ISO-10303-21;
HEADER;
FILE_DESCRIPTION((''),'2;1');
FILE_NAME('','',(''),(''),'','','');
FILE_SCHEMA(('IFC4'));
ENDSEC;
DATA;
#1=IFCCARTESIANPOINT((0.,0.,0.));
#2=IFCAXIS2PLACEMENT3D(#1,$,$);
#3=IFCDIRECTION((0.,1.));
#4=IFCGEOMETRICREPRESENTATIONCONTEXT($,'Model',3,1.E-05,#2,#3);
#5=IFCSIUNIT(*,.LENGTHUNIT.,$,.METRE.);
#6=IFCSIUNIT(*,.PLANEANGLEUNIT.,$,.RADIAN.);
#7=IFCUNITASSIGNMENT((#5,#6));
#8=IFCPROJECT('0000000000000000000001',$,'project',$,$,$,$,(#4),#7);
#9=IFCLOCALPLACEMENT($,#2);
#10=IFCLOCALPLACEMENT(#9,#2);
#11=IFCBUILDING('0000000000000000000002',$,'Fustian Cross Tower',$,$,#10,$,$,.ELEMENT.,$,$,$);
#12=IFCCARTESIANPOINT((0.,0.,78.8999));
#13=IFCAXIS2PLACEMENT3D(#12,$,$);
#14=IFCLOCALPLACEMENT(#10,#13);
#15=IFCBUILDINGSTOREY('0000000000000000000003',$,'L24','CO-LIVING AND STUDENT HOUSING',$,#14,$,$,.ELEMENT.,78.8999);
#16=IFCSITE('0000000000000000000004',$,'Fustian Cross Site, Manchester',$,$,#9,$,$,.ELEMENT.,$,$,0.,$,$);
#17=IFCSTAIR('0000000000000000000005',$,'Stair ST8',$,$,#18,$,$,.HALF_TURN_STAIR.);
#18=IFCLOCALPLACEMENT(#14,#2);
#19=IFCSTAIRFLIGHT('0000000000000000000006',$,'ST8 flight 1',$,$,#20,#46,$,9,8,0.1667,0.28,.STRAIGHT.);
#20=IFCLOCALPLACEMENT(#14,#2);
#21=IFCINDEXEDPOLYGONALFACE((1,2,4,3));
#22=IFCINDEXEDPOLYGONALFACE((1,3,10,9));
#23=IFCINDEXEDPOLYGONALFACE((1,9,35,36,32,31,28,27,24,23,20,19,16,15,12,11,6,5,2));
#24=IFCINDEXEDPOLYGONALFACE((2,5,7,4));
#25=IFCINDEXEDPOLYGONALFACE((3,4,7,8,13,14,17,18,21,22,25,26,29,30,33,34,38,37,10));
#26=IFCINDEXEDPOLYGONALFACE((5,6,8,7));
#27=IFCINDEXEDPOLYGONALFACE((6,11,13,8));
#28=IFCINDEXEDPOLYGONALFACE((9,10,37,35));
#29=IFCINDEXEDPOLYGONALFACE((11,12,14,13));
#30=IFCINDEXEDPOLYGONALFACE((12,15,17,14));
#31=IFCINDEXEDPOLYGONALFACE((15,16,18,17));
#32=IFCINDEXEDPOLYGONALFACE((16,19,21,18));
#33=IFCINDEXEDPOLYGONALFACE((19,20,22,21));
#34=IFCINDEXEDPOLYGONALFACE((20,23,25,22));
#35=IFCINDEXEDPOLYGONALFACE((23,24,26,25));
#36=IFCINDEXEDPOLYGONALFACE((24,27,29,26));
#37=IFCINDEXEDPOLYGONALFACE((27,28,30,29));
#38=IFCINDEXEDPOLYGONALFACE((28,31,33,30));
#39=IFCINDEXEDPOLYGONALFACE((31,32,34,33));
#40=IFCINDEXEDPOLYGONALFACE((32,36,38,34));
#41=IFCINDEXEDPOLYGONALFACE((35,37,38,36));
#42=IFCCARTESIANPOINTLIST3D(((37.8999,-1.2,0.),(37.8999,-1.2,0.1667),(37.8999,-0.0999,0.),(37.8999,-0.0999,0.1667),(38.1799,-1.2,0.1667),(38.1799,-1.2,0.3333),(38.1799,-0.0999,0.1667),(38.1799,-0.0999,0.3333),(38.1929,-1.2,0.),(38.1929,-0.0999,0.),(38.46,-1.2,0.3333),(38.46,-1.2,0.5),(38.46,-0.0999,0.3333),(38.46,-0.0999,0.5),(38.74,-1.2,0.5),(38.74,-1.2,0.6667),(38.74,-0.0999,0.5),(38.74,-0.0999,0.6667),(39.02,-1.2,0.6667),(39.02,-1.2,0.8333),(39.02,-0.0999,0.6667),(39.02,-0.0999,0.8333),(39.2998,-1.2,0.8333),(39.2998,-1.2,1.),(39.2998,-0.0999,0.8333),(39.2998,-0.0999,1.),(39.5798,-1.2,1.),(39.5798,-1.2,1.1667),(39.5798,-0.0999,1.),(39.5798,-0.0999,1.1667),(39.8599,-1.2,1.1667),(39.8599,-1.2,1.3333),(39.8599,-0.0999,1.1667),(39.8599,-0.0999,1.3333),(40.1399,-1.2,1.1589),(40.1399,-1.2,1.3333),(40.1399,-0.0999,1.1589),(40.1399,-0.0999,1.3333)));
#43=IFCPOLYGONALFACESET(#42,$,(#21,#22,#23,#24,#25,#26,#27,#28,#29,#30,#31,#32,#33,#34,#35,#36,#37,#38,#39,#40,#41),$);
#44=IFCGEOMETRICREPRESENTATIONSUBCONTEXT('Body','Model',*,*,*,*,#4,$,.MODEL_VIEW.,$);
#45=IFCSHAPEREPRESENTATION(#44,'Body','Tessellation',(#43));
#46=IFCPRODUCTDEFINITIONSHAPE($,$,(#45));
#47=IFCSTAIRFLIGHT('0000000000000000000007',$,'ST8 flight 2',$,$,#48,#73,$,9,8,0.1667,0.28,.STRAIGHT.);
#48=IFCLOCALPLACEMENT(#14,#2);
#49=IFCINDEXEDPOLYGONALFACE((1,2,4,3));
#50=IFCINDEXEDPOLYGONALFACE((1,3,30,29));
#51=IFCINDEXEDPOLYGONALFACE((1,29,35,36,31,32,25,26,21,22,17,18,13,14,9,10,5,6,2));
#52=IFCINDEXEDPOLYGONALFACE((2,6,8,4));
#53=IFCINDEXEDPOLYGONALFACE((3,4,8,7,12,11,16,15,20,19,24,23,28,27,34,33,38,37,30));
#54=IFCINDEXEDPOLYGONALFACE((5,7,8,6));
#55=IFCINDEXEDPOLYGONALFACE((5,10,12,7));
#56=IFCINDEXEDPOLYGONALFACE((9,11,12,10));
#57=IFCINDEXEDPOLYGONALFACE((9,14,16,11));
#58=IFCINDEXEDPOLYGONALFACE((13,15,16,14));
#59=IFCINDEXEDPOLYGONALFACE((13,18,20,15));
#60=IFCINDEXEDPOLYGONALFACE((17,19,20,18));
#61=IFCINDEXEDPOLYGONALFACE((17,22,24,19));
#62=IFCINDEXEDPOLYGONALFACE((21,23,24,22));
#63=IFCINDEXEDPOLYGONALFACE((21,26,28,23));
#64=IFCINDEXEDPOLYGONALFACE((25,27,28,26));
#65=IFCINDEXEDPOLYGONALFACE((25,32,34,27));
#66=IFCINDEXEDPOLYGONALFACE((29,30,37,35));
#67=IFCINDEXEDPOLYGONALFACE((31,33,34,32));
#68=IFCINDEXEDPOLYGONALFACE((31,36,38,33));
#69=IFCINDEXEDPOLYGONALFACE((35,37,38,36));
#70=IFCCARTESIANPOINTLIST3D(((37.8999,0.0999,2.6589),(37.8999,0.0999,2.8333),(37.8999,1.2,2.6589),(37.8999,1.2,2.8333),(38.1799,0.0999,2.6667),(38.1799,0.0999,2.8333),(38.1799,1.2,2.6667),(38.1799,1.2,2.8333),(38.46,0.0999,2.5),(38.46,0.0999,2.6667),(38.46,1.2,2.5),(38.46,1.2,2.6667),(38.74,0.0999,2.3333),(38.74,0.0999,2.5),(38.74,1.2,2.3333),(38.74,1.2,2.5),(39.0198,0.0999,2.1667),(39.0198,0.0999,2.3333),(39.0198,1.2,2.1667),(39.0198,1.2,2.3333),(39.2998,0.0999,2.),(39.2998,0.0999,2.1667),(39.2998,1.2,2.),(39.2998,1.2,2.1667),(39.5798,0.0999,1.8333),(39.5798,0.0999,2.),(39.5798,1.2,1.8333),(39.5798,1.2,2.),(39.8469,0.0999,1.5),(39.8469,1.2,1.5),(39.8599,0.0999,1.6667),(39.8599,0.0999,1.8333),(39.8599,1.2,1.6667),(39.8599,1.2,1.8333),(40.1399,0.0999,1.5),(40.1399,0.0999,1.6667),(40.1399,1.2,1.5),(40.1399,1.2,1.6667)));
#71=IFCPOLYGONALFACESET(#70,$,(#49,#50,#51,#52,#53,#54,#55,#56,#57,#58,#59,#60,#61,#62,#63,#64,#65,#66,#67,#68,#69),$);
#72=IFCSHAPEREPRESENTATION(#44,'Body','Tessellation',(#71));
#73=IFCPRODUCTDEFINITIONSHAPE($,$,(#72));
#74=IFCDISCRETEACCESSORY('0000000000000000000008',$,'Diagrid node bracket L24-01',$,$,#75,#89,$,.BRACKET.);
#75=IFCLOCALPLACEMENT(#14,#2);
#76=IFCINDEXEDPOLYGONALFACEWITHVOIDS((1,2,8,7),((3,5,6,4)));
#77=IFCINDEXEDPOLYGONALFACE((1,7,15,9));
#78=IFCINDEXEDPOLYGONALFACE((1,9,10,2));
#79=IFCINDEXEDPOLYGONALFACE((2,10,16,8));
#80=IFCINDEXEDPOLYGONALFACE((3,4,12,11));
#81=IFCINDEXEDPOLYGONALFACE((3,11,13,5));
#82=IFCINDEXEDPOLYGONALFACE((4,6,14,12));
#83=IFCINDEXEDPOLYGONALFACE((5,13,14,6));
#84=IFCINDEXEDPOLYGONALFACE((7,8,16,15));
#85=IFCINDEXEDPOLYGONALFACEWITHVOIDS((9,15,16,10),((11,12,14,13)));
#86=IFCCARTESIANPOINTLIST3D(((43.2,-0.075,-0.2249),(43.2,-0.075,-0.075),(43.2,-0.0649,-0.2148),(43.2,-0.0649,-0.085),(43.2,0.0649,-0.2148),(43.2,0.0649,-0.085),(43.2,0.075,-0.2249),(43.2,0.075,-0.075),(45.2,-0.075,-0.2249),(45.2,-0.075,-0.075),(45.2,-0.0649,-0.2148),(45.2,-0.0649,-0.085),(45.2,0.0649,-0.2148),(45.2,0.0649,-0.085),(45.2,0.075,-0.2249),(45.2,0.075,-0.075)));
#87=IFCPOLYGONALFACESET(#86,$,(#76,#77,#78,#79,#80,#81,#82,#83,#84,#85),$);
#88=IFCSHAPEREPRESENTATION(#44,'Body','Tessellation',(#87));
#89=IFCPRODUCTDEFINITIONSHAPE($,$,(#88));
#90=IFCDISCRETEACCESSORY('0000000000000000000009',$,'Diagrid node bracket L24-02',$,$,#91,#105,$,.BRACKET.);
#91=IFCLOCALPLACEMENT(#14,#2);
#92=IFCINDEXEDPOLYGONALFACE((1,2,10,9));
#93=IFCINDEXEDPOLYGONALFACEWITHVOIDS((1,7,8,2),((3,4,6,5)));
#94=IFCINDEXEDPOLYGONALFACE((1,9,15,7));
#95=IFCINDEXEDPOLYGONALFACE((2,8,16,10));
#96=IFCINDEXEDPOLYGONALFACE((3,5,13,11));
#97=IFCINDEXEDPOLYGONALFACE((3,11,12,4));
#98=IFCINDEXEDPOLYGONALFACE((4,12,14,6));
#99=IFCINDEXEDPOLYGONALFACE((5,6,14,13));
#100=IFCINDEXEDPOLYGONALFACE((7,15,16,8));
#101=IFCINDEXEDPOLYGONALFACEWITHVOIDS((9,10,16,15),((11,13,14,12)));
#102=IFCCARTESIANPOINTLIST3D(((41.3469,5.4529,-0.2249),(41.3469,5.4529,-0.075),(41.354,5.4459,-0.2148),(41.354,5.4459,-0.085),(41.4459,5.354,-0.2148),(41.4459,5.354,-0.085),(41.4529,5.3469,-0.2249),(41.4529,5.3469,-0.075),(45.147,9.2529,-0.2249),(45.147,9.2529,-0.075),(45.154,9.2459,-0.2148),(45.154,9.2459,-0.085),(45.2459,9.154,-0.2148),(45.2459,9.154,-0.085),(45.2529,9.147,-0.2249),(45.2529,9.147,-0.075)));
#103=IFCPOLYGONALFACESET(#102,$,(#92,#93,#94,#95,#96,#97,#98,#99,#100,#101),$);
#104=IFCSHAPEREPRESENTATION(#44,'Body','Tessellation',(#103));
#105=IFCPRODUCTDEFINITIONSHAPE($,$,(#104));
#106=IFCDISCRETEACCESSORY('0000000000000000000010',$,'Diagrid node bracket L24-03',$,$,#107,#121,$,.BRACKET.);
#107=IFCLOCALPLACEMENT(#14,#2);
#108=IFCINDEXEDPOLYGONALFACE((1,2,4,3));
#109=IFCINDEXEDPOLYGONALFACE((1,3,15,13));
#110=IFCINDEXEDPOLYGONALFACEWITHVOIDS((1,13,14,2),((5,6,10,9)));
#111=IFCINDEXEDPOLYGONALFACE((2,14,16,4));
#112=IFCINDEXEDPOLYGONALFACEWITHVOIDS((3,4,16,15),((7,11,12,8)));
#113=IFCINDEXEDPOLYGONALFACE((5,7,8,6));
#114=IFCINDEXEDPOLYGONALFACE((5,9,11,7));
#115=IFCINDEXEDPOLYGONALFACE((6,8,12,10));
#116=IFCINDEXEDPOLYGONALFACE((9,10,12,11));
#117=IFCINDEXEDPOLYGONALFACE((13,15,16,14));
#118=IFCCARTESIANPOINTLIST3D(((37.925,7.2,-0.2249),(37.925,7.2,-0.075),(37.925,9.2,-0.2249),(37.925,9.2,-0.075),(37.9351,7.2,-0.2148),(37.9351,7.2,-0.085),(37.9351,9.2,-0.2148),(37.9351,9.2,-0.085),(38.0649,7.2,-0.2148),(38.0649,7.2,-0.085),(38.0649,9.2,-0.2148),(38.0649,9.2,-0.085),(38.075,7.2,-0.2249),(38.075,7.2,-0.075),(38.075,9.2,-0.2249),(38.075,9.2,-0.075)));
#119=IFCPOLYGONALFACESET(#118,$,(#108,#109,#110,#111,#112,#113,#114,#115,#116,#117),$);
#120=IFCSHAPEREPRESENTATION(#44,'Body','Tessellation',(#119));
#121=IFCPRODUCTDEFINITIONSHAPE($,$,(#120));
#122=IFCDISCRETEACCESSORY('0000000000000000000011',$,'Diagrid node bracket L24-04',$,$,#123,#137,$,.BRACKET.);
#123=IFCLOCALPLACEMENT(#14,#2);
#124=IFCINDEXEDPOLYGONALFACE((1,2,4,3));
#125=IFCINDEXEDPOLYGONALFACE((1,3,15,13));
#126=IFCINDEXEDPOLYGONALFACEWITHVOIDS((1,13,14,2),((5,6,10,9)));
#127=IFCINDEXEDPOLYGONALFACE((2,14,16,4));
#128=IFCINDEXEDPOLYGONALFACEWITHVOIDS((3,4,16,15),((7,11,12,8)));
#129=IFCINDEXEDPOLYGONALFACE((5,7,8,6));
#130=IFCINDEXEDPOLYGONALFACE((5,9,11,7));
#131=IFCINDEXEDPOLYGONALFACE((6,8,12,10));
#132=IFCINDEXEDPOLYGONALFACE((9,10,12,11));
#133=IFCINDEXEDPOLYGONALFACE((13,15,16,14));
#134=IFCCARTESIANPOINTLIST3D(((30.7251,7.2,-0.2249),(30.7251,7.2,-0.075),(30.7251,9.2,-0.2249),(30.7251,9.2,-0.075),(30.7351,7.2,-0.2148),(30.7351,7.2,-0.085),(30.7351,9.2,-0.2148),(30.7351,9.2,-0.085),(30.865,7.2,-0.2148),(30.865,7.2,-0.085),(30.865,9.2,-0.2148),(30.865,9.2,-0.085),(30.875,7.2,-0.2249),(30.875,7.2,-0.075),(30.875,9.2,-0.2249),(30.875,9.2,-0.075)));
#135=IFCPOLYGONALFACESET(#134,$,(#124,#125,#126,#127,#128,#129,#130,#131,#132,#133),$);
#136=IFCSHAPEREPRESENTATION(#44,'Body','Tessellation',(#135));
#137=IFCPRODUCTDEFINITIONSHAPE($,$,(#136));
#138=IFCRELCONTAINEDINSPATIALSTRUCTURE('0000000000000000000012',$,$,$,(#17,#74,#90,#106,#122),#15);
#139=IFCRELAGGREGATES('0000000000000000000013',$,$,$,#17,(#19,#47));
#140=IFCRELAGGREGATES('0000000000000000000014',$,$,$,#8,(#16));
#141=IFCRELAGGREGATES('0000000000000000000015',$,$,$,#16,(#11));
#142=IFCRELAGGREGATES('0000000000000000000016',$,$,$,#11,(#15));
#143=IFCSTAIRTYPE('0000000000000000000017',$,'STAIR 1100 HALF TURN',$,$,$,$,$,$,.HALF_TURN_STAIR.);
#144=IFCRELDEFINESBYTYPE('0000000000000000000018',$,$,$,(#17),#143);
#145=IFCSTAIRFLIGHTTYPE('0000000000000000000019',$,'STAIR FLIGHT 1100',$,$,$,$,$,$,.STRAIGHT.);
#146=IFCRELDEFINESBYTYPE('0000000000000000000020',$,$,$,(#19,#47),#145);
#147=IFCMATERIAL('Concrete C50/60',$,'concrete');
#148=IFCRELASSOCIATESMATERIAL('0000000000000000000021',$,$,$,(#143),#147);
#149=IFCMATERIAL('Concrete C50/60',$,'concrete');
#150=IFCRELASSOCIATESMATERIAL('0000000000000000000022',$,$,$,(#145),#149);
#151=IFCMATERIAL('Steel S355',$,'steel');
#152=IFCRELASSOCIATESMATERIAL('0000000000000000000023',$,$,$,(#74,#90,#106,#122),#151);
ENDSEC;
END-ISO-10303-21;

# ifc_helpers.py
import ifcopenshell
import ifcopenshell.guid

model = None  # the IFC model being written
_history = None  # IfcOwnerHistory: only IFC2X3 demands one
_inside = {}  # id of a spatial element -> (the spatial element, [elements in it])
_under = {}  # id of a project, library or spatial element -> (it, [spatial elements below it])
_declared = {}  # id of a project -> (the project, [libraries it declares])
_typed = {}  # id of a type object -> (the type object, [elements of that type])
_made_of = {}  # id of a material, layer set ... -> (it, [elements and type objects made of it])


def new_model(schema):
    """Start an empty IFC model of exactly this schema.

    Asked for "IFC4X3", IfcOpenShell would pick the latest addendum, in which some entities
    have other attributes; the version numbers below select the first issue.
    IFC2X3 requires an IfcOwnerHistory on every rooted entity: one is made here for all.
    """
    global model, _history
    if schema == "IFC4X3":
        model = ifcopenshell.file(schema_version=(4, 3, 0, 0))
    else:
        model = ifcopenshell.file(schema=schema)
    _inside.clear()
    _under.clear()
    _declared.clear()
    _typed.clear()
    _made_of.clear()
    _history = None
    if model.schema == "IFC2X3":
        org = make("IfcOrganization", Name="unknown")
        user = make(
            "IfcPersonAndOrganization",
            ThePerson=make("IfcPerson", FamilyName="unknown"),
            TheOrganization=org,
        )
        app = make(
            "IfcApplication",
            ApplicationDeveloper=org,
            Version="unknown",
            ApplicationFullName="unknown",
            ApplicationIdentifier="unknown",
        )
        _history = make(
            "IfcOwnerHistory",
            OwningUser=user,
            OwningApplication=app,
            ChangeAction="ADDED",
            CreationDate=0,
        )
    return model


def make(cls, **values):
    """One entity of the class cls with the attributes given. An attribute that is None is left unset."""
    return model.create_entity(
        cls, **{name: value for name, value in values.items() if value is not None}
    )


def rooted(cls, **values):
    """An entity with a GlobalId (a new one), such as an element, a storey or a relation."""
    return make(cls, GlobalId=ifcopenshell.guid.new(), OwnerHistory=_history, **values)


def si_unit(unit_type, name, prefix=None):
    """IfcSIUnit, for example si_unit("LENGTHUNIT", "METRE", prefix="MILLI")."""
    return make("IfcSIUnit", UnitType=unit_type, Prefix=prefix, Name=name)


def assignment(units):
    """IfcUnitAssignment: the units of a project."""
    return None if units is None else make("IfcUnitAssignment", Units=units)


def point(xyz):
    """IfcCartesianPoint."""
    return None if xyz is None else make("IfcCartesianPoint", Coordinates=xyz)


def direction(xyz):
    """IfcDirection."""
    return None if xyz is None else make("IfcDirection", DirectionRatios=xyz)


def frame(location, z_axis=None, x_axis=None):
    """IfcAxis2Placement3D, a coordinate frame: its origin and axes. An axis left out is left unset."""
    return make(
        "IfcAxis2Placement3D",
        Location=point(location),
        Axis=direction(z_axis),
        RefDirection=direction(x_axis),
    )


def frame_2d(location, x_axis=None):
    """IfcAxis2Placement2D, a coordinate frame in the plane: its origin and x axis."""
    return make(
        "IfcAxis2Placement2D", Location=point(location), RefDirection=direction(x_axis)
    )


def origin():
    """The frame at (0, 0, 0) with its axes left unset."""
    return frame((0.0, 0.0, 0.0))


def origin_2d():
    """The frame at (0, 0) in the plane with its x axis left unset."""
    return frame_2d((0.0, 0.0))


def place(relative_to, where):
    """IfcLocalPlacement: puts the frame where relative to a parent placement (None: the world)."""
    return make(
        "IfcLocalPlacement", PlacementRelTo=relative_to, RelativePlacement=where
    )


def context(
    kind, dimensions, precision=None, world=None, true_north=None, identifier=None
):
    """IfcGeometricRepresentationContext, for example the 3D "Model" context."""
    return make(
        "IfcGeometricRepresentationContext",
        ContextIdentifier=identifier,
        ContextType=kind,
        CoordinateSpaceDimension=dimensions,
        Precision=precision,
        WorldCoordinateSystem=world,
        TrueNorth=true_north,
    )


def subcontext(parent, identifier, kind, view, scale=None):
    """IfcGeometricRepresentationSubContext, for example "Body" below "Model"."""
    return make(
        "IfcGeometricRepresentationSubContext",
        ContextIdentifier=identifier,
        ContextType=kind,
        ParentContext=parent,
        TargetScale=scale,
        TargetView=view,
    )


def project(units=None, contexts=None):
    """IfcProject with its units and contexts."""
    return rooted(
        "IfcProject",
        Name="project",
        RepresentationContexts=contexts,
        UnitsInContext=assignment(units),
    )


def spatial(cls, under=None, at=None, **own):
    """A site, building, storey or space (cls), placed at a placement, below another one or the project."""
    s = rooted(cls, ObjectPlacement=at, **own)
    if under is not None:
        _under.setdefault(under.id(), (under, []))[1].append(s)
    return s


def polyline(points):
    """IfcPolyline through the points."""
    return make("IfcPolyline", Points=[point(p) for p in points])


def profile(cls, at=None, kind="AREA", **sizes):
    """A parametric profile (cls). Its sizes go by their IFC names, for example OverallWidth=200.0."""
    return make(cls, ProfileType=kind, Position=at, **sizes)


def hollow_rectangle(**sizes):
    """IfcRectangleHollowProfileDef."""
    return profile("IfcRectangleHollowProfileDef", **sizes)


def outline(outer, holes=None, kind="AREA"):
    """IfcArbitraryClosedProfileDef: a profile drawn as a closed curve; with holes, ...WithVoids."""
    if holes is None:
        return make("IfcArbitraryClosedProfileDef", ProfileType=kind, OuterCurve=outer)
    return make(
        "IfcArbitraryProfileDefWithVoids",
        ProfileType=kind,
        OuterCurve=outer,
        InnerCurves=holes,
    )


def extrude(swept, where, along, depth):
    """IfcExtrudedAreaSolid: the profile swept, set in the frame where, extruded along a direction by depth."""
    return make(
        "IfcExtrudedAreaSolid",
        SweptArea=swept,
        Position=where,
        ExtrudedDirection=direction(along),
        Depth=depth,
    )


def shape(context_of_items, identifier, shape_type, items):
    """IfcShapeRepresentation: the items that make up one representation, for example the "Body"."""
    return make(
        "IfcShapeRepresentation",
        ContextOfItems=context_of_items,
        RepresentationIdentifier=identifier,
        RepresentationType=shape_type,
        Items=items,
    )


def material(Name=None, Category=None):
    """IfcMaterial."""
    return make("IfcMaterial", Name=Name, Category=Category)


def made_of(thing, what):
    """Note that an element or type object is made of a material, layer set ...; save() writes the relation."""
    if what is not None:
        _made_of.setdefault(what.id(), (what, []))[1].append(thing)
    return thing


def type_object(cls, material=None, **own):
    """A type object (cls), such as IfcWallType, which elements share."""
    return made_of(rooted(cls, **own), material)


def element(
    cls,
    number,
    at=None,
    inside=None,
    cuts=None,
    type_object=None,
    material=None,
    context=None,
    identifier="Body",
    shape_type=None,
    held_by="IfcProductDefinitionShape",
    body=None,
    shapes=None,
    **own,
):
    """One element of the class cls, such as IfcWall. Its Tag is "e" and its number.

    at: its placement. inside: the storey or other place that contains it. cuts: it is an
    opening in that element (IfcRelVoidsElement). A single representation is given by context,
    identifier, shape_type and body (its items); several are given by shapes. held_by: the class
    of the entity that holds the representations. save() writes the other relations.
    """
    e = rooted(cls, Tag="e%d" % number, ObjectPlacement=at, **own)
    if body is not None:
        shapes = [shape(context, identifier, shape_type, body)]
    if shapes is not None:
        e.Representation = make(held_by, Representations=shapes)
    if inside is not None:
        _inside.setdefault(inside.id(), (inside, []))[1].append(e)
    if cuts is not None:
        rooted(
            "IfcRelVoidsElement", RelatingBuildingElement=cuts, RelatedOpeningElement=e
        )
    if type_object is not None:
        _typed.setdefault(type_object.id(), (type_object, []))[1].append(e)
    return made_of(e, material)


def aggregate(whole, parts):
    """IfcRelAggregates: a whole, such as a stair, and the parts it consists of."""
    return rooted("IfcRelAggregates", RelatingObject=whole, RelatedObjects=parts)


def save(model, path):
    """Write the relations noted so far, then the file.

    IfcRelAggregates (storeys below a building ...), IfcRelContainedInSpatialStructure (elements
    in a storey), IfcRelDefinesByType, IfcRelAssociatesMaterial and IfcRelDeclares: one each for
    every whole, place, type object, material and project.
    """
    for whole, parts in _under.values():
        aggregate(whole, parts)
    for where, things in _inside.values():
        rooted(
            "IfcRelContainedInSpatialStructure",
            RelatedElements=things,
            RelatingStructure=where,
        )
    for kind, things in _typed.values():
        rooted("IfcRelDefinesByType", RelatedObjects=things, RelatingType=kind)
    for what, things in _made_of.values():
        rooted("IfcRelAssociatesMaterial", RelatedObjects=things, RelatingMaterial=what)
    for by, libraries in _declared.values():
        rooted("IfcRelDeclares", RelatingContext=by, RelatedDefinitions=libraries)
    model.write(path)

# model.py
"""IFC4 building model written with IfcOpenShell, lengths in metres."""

from ifc_helpers import new_model, si_unit, direction, frame, origin, origin_2d, place, context, subcontext, project, spatial, polyline, hollow_rectangle, outline, extrude, material, type_object, element, aggregate, save


model = new_model("IFC4")

# Units and contexts
model_context = context("Model", 3, precision=1e-05, world=origin(), true_north=direction((0.0, 1.0)))
body_context = subcontext(model_context, "Body", "Model", "MODEL_VIEW")
ifc_project = project(units=[si_unit("LENGTHUNIT", "METRE"), si_unit("PLANEANGLEUNIT", "RADIAN")], contexts=[model_context])

# Site, building, storey
site_placement = place(None, origin())
site = spatial("IfcSite", under=ifc_project, at=site_placement, Name="Fustian Cross Site, Manchester", CompositionType="ELEMENT", RefElevation=0.0)
building_placement = place(site_placement, origin())
building = spatial("IfcBuilding", under=site, at=building_placement, Name="Fustian Cross Tower", CompositionType="ELEMENT")
storey_placement = place(building_placement, frame((0.0, 0.0, 78.8999)))
storey = spatial("IfcBuildingStorey", under=building, at=storey_placement, Name="L24", Description="CO-LIVING AND STUDENT HOUSING", CompositionType="ELEMENT", Elevation=78.8999)

# Stair, stair flights
ifc_material_1 = material(Name="Concrete C50/60", Category="concrete")
stair_type = type_object("IfcStairType", Name="STAIR 1100 HALF TURN", PredefinedType="HALF_TURN_STAIR", material=ifc_material_1)
stair_placement = place(storey_placement, origin())
stair = element("IfcStair", 1, at=stair_placement, inside=storey, type_object=stair_type, Name="Stair ST8", PredefinedType="HALF_TURN_STAIR")
ifc_material_2 = material(Name="Concrete C50/60", Category="concrete")
stair_flight_type = type_object("IfcStairFlightType", Name="STAIR FLIGHT 1100", PredefinedType="STRAIGHT", material=ifc_material_2)
stair_flight_1_placement = place(storey_placement, frame((37.8999, -0.6499, 0.0), z_axis=(0.0, 0.0, 1.0), x_axis=(1.0, 0.0, 0.0)))
stair_flight_1 = element("IfcStairFlight", 2, at=stair_flight_1_placement, type_object=stair_flight_type, Name="ST8 flight 1", NumberOfRisers=9, NumberOfTreads=8, PredefinedType="STRAIGHT", RiserHeight=0.1667, TreadLength=0.28, context=body_context, shape_type="SweptSolid", body=[
    extrude(outline(polyline([(0.0, 0.0), (0.0, 0.1667), (0.28, 0.1667), (0.28, 0.3333), (0.5601, 0.3333), (0.5601, 0.5), (0.8401, 0.5), (0.8401, 0.6667), (1.1201, 0.6667), (1.1201, 0.8333), (1.3999, 0.8333), (1.3999, 1.0), (1.6799, 1.0), (1.6799, 1.1667), (1.96, 1.1667), (1.96, 1.3333), (2.24, 1.3333), (2.24, 1.5), (2.24, 1.1589), (0.293, 0.0), (0.0, 0.0)])), frame((0.0, 0.55, 0.0), z_axis=(0.0, -1.0, 0.0), x_axis=(1.0, 0.0, 0.0)), (0.0, 0.0, 1.0), 1.1001),
])
stair_flight_2_placement = place(storey_placement, frame((40.1399, 0.6499, 1.5), z_axis=(0.0, 0.0, 1.0), x_axis=(-1.0, 0.0, 0.0)))
stair_flight_2 = element("IfcStairFlight", 3, at=stair_flight_2_placement, type_object=stair_flight_type, Name="ST8 flight 2", NumberOfRisers=9, NumberOfTreads=8, PredefinedType="STRAIGHT", RiserHeight=0.1667, TreadLength=0.28, context=body_context, shape_type="SweptSolid", body=[
    extrude(outline(polyline([(0.0, 0.0), (0.0, 0.1667), (0.28, 0.1667), (0.28, 0.3333), (0.5601, 0.3333), (0.5601, 0.5), (0.8401, 0.5), (0.8401, 0.6667), (1.1201, 0.6667), (1.1201, 0.8333), (1.3999, 0.8333), (1.3999, 1.0), (1.6799, 1.0), (1.6799, 1.1667), (1.96, 1.1667), (1.96, 1.3333), (2.24, 1.3333), (2.24, 1.5), (2.24, 1.1589), (0.293, 0.0), (0.0, 0.0)])), frame((0.0, 0.55, 0.0), z_axis=(0.0, -1.0, 0.0), x_axis=(1.0, 0.0, 0.0)), (0.0, 0.0, 1.0), 1.1001),
])
aggregate(stair, [stair_flight_1, stair_flight_2])

# Discrete accessories
ifc_material_3 = material(Name="Steel S355", Category="steel")
discrete_accessory_1_placement = place(storey_placement, frame((45.2, 0.0, -0.1499), z_axis=(-1.0, 0.0, 0.0), x_axis=(0.0, -1.0, 0.0)))
element("IfcDiscreteAccessory", 4, at=discrete_accessory_1_placement, inside=storey, material=ifc_material_3, Name="Diagrid node bracket L24-01", PredefinedType="BRACKET", context=body_context, shape_type="SweptSolid", body=[
    extrude(hollow_rectangle(XDim=0.1499, YDim=0.1499, WallThickness=0.01, at=origin_2d()), origin(), (0.0, 0.0, 1.0), 2.0),
])
discrete_accessory_2_placement = place(storey_placement, frame((45.2, 9.2, -0.1499), z_axis=(-0.707107, -0.707107, 0.0), x_axis=(0.707107, -0.707107, 0.0)))
element("IfcDiscreteAccessory", 5, at=discrete_accessory_2_placement, inside=storey, material=ifc_material_3, Name="Diagrid node bracket L24-02", PredefinedType="BRACKET", context=body_context, shape_type="SweptSolid", body=[
    extrude(hollow_rectangle(XDim=0.1499, YDim=0.1499, WallThickness=0.01, at=origin_2d()), origin(), (0.0, 0.0, 1.0), 5.374),
])
for number, where, z_axis, x_axis, name in (
    (6, (38.0, 9.2, -0.1499), (0.0, -1.0, 0.0), (1.0, 0.0, 0.0), "Diagrid node bracket L24-03"),
    (7, (30.8, 9.2, -0.1499), (0.0, -1.0, 0.0), (1.0, 0.0, 0.0), "Diagrid node bracket L24-04"),
):
    element("IfcDiscreteAccessory", number, at=place(storey_placement, frame(where, z_axis=z_axis, x_axis=x_axis)), inside=storey, material=ifc_material_3, Name=name, PredefinedType="BRACKET", context=body_context, shape_type="SweptSolid", body=[
        extrude(hollow_rectangle(XDim=0.1499, YDim=0.1499, WallThickness=0.01, at=origin_2d()), origin(), (0.0, 0.0, 1.0), 2.0),
    ])

save(model, "model.ifc")
